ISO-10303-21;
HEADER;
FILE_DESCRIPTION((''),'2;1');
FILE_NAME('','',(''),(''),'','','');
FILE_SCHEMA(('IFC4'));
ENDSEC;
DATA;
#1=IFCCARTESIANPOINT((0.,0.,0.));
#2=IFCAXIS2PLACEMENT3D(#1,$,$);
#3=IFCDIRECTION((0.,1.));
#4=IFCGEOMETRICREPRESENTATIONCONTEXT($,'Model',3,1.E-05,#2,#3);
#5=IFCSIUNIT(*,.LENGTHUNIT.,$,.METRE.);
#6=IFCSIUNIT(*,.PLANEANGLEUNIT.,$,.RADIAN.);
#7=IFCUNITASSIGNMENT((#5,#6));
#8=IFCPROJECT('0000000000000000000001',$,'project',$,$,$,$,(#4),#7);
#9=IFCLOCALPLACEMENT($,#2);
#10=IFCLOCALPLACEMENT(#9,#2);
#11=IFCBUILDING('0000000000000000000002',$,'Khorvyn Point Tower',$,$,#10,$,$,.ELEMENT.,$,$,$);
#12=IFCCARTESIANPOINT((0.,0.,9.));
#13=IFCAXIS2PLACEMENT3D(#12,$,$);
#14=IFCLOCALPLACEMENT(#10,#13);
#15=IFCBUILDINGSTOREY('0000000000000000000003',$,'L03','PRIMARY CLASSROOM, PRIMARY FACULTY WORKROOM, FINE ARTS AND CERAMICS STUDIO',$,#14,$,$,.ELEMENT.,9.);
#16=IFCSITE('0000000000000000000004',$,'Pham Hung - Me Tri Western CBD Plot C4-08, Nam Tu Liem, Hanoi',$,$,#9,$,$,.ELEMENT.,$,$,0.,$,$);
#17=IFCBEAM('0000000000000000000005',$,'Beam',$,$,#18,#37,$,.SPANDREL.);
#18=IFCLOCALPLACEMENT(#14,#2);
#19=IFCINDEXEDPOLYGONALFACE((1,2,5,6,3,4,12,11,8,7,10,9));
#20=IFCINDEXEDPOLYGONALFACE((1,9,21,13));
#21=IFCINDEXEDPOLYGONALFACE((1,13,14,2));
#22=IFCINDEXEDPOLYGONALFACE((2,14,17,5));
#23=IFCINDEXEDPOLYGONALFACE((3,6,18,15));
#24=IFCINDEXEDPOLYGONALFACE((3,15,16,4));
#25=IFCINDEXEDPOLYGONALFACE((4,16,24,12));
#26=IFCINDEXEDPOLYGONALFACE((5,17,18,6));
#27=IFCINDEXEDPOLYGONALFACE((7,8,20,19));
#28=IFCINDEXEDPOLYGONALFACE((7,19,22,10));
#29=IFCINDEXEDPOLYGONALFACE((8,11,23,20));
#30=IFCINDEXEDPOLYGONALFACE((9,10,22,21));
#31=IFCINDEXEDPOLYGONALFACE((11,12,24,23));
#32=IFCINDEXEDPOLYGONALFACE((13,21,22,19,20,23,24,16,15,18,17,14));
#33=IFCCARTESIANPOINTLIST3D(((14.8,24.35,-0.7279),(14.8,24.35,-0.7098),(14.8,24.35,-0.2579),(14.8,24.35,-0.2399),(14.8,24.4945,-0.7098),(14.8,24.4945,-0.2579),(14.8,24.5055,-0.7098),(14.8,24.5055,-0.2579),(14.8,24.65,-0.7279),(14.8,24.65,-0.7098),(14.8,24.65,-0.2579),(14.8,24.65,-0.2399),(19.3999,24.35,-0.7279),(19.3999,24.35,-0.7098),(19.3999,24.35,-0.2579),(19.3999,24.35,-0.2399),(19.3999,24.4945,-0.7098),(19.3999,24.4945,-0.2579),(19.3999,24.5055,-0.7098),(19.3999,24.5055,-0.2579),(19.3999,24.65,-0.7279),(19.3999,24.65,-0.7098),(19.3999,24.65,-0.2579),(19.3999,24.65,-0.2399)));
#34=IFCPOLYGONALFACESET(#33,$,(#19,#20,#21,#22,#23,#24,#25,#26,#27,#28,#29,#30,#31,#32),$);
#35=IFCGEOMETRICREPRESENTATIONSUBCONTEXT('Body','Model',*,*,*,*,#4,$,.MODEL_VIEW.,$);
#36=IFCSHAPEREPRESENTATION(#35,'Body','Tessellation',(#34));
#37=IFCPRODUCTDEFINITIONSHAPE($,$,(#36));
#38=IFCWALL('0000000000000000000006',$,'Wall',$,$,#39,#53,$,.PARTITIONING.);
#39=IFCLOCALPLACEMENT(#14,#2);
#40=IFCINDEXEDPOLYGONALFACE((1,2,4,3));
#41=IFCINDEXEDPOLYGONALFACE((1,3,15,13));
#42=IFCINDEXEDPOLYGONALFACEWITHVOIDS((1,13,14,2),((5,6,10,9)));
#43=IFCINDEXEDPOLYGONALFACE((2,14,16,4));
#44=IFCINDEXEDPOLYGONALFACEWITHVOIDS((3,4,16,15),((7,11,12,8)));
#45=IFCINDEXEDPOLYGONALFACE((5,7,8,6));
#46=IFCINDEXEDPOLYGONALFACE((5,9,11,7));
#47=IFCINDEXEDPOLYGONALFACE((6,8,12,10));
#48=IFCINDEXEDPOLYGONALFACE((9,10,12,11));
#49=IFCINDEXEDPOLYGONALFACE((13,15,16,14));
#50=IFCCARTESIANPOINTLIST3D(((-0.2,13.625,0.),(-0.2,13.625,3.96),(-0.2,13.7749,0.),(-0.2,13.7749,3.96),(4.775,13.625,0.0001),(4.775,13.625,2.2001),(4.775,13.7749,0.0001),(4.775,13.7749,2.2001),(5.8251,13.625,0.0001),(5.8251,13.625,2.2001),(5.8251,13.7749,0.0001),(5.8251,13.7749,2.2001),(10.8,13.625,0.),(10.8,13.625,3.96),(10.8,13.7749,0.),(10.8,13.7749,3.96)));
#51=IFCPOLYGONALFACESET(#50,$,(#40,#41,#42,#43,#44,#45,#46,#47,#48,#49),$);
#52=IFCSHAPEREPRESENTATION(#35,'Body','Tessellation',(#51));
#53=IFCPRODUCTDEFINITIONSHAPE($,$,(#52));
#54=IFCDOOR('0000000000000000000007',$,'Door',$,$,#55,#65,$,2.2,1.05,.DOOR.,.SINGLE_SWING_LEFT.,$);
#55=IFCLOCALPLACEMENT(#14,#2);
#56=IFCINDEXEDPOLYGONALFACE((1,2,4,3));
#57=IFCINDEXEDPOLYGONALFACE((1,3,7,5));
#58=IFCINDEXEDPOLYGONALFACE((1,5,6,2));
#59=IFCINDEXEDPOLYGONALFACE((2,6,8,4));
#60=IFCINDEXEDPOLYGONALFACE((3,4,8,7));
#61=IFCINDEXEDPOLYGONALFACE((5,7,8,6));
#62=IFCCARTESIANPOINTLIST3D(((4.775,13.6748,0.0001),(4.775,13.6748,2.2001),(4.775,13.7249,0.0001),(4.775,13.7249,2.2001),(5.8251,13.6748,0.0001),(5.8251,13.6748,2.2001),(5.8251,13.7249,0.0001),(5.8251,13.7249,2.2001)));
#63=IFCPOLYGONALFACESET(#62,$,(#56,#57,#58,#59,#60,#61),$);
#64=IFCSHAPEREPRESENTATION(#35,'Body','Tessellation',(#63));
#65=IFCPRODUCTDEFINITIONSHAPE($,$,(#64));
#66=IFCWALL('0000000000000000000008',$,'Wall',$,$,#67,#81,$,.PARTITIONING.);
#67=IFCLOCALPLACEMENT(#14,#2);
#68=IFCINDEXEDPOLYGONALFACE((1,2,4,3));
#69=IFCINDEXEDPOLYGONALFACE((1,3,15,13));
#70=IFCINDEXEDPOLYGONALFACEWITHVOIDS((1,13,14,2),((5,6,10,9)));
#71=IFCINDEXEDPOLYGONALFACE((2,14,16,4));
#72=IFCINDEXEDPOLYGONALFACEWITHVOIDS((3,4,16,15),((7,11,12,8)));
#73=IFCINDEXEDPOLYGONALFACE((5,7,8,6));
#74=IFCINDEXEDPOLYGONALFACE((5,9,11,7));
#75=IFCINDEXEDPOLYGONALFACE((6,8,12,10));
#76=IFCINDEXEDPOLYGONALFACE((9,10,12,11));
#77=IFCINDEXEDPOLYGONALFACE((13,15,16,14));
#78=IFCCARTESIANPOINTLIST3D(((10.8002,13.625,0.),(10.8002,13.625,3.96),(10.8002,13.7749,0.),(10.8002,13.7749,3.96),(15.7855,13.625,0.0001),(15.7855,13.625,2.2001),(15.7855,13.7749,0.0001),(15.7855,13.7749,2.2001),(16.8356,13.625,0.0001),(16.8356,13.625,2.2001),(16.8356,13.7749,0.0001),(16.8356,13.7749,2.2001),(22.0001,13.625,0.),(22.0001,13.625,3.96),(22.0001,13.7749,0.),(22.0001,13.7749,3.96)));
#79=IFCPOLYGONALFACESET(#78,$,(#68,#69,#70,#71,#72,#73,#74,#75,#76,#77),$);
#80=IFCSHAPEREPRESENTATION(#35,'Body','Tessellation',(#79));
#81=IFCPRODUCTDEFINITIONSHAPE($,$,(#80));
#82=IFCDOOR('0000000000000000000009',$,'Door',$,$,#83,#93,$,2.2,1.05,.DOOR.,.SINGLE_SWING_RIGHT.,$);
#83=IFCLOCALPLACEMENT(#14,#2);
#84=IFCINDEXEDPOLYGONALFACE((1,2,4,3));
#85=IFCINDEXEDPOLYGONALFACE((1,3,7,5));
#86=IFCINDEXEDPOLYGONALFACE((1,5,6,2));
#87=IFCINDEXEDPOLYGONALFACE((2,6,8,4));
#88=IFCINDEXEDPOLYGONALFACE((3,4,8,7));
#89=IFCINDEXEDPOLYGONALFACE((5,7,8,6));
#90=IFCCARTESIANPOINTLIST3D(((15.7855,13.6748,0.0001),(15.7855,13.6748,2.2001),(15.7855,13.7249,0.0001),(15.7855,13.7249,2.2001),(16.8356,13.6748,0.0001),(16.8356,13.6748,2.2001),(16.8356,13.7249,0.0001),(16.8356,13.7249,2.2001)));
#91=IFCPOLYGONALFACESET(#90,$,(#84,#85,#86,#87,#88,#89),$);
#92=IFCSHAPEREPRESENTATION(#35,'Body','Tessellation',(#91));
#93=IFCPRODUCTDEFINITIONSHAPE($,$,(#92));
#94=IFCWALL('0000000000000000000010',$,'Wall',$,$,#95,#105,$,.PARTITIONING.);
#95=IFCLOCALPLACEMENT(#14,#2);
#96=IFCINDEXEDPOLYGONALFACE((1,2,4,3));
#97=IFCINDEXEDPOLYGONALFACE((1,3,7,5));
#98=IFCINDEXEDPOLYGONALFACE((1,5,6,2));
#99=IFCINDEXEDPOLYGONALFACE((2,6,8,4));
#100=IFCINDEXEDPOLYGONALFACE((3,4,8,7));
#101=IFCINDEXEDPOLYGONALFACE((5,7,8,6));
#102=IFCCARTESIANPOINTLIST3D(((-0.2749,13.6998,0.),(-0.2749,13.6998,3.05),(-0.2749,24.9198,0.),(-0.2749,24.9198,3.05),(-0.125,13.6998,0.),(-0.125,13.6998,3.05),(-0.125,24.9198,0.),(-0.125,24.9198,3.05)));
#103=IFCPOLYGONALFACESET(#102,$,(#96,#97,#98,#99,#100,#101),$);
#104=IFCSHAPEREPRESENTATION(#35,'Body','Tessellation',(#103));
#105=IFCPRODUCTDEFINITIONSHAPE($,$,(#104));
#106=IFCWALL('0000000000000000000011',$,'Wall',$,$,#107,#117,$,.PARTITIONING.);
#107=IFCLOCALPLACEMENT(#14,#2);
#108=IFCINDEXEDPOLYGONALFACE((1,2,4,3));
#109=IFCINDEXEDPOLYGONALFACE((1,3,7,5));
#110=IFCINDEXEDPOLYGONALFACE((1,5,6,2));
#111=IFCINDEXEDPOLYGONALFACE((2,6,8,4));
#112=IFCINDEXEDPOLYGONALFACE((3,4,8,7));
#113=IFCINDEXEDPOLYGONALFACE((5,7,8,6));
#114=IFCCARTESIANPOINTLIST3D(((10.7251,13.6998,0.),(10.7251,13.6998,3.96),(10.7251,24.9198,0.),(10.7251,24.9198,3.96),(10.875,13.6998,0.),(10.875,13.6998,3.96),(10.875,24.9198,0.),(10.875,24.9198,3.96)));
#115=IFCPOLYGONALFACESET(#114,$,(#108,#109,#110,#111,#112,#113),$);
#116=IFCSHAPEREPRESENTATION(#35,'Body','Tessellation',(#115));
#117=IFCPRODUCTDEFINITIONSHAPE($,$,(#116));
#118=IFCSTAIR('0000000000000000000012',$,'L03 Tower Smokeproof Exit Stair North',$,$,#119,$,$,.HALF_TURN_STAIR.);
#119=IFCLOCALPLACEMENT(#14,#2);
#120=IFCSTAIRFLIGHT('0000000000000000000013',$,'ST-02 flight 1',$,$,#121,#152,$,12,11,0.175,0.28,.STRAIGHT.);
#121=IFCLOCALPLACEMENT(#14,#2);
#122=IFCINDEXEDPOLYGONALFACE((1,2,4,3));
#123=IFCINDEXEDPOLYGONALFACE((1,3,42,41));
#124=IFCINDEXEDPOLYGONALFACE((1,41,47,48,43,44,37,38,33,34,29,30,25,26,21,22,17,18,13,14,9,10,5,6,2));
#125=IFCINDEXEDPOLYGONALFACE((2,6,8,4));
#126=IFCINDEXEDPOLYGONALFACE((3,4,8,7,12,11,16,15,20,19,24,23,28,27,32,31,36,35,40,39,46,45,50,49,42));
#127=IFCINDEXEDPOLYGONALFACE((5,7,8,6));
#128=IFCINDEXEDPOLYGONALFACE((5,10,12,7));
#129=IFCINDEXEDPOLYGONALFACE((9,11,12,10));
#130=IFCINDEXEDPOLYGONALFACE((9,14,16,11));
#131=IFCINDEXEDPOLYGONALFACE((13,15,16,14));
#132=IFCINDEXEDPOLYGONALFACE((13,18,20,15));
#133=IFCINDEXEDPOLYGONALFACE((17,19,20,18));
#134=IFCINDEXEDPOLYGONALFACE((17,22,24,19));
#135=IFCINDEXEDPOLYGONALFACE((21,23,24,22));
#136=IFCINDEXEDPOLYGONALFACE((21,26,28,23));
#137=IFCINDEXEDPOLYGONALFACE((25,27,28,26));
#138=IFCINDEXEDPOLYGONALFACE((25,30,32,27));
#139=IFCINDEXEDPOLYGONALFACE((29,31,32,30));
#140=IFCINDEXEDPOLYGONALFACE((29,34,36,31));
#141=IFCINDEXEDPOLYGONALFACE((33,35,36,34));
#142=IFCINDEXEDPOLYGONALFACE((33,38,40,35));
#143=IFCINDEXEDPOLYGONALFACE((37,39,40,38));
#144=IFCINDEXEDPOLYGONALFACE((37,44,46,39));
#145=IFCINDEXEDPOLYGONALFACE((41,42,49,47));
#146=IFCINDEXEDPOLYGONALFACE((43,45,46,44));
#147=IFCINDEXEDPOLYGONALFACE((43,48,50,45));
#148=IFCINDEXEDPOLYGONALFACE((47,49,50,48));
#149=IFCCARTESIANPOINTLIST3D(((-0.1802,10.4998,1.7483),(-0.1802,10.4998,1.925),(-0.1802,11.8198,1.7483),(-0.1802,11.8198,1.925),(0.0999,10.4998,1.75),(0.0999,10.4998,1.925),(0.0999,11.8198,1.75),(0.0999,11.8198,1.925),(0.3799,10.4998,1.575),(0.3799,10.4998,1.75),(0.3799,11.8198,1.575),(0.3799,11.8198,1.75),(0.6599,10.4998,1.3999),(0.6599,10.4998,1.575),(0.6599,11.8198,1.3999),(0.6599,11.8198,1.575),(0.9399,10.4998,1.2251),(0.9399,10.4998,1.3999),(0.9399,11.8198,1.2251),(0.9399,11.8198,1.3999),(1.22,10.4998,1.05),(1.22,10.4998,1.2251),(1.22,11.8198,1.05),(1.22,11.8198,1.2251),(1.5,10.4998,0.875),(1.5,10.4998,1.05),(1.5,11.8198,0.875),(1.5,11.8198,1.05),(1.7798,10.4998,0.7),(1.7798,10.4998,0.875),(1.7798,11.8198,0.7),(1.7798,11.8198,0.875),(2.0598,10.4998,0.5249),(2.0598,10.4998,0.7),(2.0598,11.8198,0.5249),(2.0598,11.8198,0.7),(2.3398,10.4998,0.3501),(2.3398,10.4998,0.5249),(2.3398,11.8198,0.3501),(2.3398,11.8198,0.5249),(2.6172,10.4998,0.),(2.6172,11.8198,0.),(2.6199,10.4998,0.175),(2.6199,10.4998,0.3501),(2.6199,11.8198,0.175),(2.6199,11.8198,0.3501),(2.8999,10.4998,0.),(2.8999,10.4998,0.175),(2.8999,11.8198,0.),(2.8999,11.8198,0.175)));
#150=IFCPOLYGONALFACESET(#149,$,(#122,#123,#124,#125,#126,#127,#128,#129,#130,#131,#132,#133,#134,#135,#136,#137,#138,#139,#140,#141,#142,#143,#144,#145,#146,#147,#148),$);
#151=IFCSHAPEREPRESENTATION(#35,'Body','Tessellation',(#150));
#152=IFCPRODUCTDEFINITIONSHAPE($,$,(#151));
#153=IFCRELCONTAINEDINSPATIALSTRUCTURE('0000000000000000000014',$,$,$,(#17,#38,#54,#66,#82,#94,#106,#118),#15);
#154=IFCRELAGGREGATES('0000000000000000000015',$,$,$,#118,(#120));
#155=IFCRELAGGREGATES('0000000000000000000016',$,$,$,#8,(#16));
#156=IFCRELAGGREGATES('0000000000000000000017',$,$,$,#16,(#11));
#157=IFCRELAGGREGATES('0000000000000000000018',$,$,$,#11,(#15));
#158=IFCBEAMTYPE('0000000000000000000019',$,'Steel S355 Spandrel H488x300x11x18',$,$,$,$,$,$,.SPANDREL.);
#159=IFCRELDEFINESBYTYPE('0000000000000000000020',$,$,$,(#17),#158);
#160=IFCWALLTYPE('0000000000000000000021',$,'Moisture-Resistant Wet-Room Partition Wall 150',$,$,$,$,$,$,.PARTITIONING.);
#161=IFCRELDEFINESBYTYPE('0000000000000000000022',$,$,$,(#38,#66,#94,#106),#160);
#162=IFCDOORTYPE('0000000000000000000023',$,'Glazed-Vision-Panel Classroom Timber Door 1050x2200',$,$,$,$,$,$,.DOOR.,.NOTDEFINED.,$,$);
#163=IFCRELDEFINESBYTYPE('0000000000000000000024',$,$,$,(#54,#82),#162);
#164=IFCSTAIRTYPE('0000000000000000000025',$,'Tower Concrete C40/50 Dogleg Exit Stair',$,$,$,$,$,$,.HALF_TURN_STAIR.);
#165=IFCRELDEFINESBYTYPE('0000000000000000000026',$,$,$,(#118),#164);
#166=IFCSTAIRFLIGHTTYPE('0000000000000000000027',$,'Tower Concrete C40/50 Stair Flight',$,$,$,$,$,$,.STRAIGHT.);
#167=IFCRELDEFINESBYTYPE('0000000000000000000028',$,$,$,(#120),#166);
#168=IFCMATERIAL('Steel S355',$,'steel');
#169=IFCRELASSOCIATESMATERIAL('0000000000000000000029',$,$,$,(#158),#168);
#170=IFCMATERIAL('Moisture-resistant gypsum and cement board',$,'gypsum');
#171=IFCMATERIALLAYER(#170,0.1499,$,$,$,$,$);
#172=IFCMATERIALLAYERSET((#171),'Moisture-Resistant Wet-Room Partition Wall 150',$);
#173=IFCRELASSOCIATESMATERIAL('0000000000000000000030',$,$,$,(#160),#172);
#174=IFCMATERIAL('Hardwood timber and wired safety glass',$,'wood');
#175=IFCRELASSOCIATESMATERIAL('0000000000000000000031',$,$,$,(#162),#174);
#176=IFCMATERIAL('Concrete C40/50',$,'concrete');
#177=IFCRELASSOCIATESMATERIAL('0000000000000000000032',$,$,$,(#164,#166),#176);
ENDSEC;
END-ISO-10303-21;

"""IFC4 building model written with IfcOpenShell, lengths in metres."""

from ifc_helpers import new_model, si_unit, direction, frame, frame_2d, origin, origin_2d, place, context, subcontext, project, spatial, polyline, rectangle, i_section, outline, extrude, material, layer, layer_set, material_profile, profile_set, type_object, element, fill, aggregate, save


model = new_model("IFC4")

# Units and contexts
model_context = context("Model", 3, precision=1e-05, world=origin(), true_north=direction((0.0, 1.0)))
body_context = subcontext(model_context, "Body", "Model", "MODEL_VIEW")
ifc_project = project(units=[si_unit("LENGTHUNIT", "METRE"), si_unit("PLANEANGLEUNIT", "RADIAN")], contexts=[model_context])

# Site, building, storey
site_placement = place(None, origin())
site = spatial("IfcSite", under=ifc_project, at=site_placement, Name="Pham Hung - Me Tri Western CBD Plot C4-08, Nam Tu Liem, Hanoi", CompositionType="ELEMENT", RefElevation=0.0)
building_placement = place(site_placement, origin())
building = spatial("IfcBuilding", under=site, at=building_placement, Name="Khorvyn Point Tower", CompositionType="ELEMENT")
storey_placement = place(building_placement, frame((0.0, 0.0, 9.0)))
storey = spatial("IfcBuildingStorey", under=building, at=storey_placement, Name="L03", Description="PRIMARY CLASSROOM, PRIMARY FACULTY WORKROOM, FINE ARTS AND CERAMICS STUDIO", CompositionType="ELEMENT", Elevation=9.0)

# Shared definitions
ifc_material_1 = material(Name="Concrete C40/50", Category="concrete")

# Beam
ifc_material_2 = material(Name="Steel S355", Category="steel")
ifc_material_profile_1 = material_profile(ifc_material_2, i_section(OverallWidth=0.3, OverallDepth=0.488, WebThickness=0.011, FlangeThickness=0.0181, at=origin_2d()))
ifc_profile_set_1 = profile_set([ifc_material_profile_1], Name="Steel S355 H488x300x11x18")
beam_type_1 = type_object("IfcBeamType", Name="Steel S355 Spandrel H488x300x11x18", PredefinedType="SPANDREL", material=ifc_profile_set_1)
beam_1_placement = place(storey_placement, frame((14.8, 24.5, -0.4839), z_axis=(1.0, 0.0, 0.0), x_axis=(0.0, 1.0, 0.0)))
element("IfcBeam", 1, at=beam_1_placement, inside=storey, type_object=beam_type_1, Name="Beam", PredefinedType="SPANDREL", context=body_context, shape_type="SweptSolid", body=[
    extrude(i_section(OverallWidth=0.3, OverallDepth=0.488, WebThickness=0.011, FlangeThickness=0.0181, at=origin_2d()), origin(), (0.0, 0.0, 1.0), 4.5999),
])

# Walls, openings, doors
ifc_material_3 = material(Name="Moisture-resistant gypsum and cement board", Category="gypsum")
ifc_layer_1 = layer(ifc_material_3, 0.1499)
ifc_layer_set_1 = layer_set([ifc_layer_1], Name="Moisture-Resistant Wet-Room Partition Wall 150")
wall_type_1 = type_object("IfcWallType", Name="Moisture-Resistant Wet-Room Partition Wall 150", PredefinedType="PARTITIONING", material=ifc_layer_set_1)
wall_1_placement = place(storey_placement, frame((-0.2, 13.7, 0.0), z_axis=(0.0, 0.0, 1.0), x_axis=(1.0, 0.0, 0.0)))
wall_1 = element("IfcWall", 2, at=wall_1_placement, inside=storey, type_object=wall_type_1, Name="Wall", PredefinedType="PARTITIONING", context=body_context, shape_type="SweptSolid", body=[
    extrude(rectangle(XDim=11.0, YDim=0.1499, at=frame_2d((5.5, 0.0))), origin(), (0.0, 0.0, 1.0), 3.96),
])
opening_1_placement = place(wall_1_placement, frame((4.9751, 0.0, 0.0)))
opening_1 = element("IfcOpeningElement", 3, at=opening_1_placement, cuts=wall_1, PredefinedType="OPENING", context=body_context, shape_type="SweptSolid", body=[
    extrude(rectangle(XDim=1.05, YDim=2.2, at=frame_2d((0.5249, 1.1001))), frame((0.0, 0.085, 0.0), z_axis=(0.0, -1.0, 0.0), x_axis=(1.0, 0.0, 0.0)), (0.0, 0.0, 1.0), 0.1699),
])
ifc_material_4 = material(Name="Hardwood timber and wired safety glass", Category="wood")
door_type_1 = type_object("IfcDoorType", Name="Glazed-Vision-Panel Classroom Timber Door 1050x2200", OperationType="NOTDEFINED", PredefinedType="DOOR", material=ifc_material_4)
door_1_placement = place(opening_1_placement, origin())
door_1 = element("IfcDoor", 4, at=door_1_placement, inside=storey, type_object=door_type_1, Name="Door", OperationType="SINGLE_SWING_LEFT", OverallHeight=2.2, OverallWidth=1.05, PredefinedType="DOOR", context=body_context, shape_type="SweptSolid", body=[
    extrude(rectangle(XDim=1.05, YDim=2.2, at=frame_2d((0.5249, 1.1001))), frame((0.0, 0.0249, 0.0), z_axis=(0.0, -1.0, 0.0), x_axis=(1.0, 0.0, 0.0)), (0.0, 0.0, 1.0), 0.05),
])
fill(opening_1, door_1)
wall_2_placement = place(storey_placement, frame((10.8, 13.7, 0.0), z_axis=(0.0, 0.0, 1.0), x_axis=(1.0, 0.0, 0.0)))
wall_2 = element("IfcWall", 5, at=wall_2_placement, inside=storey, type_object=wall_type_1, Name="Wall", PredefinedType="PARTITIONING", context=body_context, shape_type="SweptSolid", body=[
    extrude(rectangle(XDim=11.2, YDim=0.1499, at=frame_2d((5.6001, 0.0))), origin(), (0.0, 0.0, 1.0), 3.96),
])
opening_2_placement = place(wall_2_placement, frame((4.9856, 0.0, 0.0)))
opening_2 = element("IfcOpeningElement", 6, at=opening_2_placement, cuts=wall_2, PredefinedType="OPENING", context=body_context, shape_type="SweptSolid", body=[
    extrude(rectangle(XDim=1.05, YDim=2.2, at=frame_2d((0.5249, 1.1001))), frame((0.0, 0.085, 0.0), z_axis=(0.0, -1.0, 0.0), x_axis=(1.0, 0.0, 0.0)), (0.0, 0.0, 1.0), 0.1699),
])
door_2_placement = place(opening_2_placement, origin())
door_2 = element("IfcDoor", 7, at=door_2_placement, inside=storey, type_object=door_type_1, Name="Door", OperationType="SINGLE_SWING_RIGHT", OverallHeight=2.2, OverallWidth=1.05, PredefinedType="DOOR", context=body_context, shape_type="SweptSolid", body=[
    extrude(rectangle(XDim=1.05, YDim=2.2, at=frame_2d((0.5249, 1.1001))), frame((0.0, 0.0249, 0.0), z_axis=(0.0, -1.0, 0.0), x_axis=(1.0, 0.0, 0.0)), (0.0, 0.0, 1.0), 0.05),
])
fill(opening_2, door_2)

# Walls
wall_3_placement = place(storey_placement, frame((-0.2, 13.7, 0.0), z_axis=(0.0, 0.0, 1.0), x_axis=(0.0, 1.0, 0.0)))
element("IfcWall", 8, at=wall_3_placement, inside=storey, type_object=wall_type_1, Name="Wall", PredefinedType="PARTITIONING", context=body_context, shape_type="SweptSolid", body=[
    extrude(rectangle(XDim=11.22, YDim=0.1499, at=frame_2d((5.6099, 0.0))), origin(), (0.0, 0.0, 1.0), 3.05),
])
wall_4_placement = place(storey_placement, frame((10.8, 13.7, 0.0), z_axis=(0.0, 0.0, 1.0), x_axis=(0.0, 1.0, 0.0)))
element("IfcWall", 9, at=wall_4_placement, inside=storey, type_object=wall_type_1, Name="Wall", PredefinedType="PARTITIONING", context=body_context, shape_type="SweptSolid", body=[
    extrude(rectangle(XDim=11.22, YDim=0.1499, at=frame_2d((5.6099, 0.0))), origin(), (0.0, 0.0, 1.0), 3.96),
])

# Stair, stair flight
stair_type = type_object("IfcStairType", Name="Tower Concrete C40/50 Dogleg Exit Stair", PredefinedType="HALF_TURN_STAIR", material=ifc_material_1)
stair_placement = place(storey_placement, origin())
stair = element("IfcStair", 10, at=stair_placement, inside=storey, type_object=stair_type, Name="L03 Tower Smokeproof Exit Stair North", PredefinedType="HALF_TURN_STAIR")
stair_flight_type = type_object("IfcStairFlightType", Name="Tower Concrete C40/50 Stair Flight", PredefinedType="STRAIGHT", material=ifc_material_1)
stair_flight_placement = place(storey_placement, frame((2.8999, 11.1599, 0.0), z_axis=(0.0, 0.0, 1.0), x_axis=(-1.0, 0.0, 0.0)))
stair_flight = element("IfcStairFlight", 11, at=stair_flight_placement, type_object=stair_flight_type, Name="ST-02 flight 1", NumberOfRisers=12, NumberOfTreads=11, PredefinedType="STRAIGHT", RiserHeight=0.175, TreadLength=0.28, context=body_context, shape_type="SweptSolid", body=[
    extrude(outline(polyline([(0.0, 0.0), (0.0, 0.175), (0.28, 0.175), (0.28, 0.3501), (0.5601, 0.3501), (0.5601, 0.5249), (0.8401, 0.5249), (0.8401, 0.7), (1.1201, 0.7), (1.1201, 0.875), (1.3999, 0.875), (1.3999, 1.05), (1.6799, 1.05), (1.6799, 1.2251), (1.96, 1.2251), (1.96, 1.3999), (2.24, 1.3999), (2.24, 1.575), (2.52, 1.575), (2.52, 1.75), (2.8, 1.75), (2.8, 1.925), (3.0801, 1.925), (3.0801, 2.1001), (3.0801, 1.7483), (0.2827, 0.0), (0.0, 0.0)])), frame((0.0, 0.6602, 0.0), z_axis=(0.0, -1.0, 0.0), x_axis=(1.0, 0.0, 0.0)), (0.0, 0.0, 1.0), 1.3201),
])
aggregate(stair, [stair_flight])

save(model, "model.ifc")
